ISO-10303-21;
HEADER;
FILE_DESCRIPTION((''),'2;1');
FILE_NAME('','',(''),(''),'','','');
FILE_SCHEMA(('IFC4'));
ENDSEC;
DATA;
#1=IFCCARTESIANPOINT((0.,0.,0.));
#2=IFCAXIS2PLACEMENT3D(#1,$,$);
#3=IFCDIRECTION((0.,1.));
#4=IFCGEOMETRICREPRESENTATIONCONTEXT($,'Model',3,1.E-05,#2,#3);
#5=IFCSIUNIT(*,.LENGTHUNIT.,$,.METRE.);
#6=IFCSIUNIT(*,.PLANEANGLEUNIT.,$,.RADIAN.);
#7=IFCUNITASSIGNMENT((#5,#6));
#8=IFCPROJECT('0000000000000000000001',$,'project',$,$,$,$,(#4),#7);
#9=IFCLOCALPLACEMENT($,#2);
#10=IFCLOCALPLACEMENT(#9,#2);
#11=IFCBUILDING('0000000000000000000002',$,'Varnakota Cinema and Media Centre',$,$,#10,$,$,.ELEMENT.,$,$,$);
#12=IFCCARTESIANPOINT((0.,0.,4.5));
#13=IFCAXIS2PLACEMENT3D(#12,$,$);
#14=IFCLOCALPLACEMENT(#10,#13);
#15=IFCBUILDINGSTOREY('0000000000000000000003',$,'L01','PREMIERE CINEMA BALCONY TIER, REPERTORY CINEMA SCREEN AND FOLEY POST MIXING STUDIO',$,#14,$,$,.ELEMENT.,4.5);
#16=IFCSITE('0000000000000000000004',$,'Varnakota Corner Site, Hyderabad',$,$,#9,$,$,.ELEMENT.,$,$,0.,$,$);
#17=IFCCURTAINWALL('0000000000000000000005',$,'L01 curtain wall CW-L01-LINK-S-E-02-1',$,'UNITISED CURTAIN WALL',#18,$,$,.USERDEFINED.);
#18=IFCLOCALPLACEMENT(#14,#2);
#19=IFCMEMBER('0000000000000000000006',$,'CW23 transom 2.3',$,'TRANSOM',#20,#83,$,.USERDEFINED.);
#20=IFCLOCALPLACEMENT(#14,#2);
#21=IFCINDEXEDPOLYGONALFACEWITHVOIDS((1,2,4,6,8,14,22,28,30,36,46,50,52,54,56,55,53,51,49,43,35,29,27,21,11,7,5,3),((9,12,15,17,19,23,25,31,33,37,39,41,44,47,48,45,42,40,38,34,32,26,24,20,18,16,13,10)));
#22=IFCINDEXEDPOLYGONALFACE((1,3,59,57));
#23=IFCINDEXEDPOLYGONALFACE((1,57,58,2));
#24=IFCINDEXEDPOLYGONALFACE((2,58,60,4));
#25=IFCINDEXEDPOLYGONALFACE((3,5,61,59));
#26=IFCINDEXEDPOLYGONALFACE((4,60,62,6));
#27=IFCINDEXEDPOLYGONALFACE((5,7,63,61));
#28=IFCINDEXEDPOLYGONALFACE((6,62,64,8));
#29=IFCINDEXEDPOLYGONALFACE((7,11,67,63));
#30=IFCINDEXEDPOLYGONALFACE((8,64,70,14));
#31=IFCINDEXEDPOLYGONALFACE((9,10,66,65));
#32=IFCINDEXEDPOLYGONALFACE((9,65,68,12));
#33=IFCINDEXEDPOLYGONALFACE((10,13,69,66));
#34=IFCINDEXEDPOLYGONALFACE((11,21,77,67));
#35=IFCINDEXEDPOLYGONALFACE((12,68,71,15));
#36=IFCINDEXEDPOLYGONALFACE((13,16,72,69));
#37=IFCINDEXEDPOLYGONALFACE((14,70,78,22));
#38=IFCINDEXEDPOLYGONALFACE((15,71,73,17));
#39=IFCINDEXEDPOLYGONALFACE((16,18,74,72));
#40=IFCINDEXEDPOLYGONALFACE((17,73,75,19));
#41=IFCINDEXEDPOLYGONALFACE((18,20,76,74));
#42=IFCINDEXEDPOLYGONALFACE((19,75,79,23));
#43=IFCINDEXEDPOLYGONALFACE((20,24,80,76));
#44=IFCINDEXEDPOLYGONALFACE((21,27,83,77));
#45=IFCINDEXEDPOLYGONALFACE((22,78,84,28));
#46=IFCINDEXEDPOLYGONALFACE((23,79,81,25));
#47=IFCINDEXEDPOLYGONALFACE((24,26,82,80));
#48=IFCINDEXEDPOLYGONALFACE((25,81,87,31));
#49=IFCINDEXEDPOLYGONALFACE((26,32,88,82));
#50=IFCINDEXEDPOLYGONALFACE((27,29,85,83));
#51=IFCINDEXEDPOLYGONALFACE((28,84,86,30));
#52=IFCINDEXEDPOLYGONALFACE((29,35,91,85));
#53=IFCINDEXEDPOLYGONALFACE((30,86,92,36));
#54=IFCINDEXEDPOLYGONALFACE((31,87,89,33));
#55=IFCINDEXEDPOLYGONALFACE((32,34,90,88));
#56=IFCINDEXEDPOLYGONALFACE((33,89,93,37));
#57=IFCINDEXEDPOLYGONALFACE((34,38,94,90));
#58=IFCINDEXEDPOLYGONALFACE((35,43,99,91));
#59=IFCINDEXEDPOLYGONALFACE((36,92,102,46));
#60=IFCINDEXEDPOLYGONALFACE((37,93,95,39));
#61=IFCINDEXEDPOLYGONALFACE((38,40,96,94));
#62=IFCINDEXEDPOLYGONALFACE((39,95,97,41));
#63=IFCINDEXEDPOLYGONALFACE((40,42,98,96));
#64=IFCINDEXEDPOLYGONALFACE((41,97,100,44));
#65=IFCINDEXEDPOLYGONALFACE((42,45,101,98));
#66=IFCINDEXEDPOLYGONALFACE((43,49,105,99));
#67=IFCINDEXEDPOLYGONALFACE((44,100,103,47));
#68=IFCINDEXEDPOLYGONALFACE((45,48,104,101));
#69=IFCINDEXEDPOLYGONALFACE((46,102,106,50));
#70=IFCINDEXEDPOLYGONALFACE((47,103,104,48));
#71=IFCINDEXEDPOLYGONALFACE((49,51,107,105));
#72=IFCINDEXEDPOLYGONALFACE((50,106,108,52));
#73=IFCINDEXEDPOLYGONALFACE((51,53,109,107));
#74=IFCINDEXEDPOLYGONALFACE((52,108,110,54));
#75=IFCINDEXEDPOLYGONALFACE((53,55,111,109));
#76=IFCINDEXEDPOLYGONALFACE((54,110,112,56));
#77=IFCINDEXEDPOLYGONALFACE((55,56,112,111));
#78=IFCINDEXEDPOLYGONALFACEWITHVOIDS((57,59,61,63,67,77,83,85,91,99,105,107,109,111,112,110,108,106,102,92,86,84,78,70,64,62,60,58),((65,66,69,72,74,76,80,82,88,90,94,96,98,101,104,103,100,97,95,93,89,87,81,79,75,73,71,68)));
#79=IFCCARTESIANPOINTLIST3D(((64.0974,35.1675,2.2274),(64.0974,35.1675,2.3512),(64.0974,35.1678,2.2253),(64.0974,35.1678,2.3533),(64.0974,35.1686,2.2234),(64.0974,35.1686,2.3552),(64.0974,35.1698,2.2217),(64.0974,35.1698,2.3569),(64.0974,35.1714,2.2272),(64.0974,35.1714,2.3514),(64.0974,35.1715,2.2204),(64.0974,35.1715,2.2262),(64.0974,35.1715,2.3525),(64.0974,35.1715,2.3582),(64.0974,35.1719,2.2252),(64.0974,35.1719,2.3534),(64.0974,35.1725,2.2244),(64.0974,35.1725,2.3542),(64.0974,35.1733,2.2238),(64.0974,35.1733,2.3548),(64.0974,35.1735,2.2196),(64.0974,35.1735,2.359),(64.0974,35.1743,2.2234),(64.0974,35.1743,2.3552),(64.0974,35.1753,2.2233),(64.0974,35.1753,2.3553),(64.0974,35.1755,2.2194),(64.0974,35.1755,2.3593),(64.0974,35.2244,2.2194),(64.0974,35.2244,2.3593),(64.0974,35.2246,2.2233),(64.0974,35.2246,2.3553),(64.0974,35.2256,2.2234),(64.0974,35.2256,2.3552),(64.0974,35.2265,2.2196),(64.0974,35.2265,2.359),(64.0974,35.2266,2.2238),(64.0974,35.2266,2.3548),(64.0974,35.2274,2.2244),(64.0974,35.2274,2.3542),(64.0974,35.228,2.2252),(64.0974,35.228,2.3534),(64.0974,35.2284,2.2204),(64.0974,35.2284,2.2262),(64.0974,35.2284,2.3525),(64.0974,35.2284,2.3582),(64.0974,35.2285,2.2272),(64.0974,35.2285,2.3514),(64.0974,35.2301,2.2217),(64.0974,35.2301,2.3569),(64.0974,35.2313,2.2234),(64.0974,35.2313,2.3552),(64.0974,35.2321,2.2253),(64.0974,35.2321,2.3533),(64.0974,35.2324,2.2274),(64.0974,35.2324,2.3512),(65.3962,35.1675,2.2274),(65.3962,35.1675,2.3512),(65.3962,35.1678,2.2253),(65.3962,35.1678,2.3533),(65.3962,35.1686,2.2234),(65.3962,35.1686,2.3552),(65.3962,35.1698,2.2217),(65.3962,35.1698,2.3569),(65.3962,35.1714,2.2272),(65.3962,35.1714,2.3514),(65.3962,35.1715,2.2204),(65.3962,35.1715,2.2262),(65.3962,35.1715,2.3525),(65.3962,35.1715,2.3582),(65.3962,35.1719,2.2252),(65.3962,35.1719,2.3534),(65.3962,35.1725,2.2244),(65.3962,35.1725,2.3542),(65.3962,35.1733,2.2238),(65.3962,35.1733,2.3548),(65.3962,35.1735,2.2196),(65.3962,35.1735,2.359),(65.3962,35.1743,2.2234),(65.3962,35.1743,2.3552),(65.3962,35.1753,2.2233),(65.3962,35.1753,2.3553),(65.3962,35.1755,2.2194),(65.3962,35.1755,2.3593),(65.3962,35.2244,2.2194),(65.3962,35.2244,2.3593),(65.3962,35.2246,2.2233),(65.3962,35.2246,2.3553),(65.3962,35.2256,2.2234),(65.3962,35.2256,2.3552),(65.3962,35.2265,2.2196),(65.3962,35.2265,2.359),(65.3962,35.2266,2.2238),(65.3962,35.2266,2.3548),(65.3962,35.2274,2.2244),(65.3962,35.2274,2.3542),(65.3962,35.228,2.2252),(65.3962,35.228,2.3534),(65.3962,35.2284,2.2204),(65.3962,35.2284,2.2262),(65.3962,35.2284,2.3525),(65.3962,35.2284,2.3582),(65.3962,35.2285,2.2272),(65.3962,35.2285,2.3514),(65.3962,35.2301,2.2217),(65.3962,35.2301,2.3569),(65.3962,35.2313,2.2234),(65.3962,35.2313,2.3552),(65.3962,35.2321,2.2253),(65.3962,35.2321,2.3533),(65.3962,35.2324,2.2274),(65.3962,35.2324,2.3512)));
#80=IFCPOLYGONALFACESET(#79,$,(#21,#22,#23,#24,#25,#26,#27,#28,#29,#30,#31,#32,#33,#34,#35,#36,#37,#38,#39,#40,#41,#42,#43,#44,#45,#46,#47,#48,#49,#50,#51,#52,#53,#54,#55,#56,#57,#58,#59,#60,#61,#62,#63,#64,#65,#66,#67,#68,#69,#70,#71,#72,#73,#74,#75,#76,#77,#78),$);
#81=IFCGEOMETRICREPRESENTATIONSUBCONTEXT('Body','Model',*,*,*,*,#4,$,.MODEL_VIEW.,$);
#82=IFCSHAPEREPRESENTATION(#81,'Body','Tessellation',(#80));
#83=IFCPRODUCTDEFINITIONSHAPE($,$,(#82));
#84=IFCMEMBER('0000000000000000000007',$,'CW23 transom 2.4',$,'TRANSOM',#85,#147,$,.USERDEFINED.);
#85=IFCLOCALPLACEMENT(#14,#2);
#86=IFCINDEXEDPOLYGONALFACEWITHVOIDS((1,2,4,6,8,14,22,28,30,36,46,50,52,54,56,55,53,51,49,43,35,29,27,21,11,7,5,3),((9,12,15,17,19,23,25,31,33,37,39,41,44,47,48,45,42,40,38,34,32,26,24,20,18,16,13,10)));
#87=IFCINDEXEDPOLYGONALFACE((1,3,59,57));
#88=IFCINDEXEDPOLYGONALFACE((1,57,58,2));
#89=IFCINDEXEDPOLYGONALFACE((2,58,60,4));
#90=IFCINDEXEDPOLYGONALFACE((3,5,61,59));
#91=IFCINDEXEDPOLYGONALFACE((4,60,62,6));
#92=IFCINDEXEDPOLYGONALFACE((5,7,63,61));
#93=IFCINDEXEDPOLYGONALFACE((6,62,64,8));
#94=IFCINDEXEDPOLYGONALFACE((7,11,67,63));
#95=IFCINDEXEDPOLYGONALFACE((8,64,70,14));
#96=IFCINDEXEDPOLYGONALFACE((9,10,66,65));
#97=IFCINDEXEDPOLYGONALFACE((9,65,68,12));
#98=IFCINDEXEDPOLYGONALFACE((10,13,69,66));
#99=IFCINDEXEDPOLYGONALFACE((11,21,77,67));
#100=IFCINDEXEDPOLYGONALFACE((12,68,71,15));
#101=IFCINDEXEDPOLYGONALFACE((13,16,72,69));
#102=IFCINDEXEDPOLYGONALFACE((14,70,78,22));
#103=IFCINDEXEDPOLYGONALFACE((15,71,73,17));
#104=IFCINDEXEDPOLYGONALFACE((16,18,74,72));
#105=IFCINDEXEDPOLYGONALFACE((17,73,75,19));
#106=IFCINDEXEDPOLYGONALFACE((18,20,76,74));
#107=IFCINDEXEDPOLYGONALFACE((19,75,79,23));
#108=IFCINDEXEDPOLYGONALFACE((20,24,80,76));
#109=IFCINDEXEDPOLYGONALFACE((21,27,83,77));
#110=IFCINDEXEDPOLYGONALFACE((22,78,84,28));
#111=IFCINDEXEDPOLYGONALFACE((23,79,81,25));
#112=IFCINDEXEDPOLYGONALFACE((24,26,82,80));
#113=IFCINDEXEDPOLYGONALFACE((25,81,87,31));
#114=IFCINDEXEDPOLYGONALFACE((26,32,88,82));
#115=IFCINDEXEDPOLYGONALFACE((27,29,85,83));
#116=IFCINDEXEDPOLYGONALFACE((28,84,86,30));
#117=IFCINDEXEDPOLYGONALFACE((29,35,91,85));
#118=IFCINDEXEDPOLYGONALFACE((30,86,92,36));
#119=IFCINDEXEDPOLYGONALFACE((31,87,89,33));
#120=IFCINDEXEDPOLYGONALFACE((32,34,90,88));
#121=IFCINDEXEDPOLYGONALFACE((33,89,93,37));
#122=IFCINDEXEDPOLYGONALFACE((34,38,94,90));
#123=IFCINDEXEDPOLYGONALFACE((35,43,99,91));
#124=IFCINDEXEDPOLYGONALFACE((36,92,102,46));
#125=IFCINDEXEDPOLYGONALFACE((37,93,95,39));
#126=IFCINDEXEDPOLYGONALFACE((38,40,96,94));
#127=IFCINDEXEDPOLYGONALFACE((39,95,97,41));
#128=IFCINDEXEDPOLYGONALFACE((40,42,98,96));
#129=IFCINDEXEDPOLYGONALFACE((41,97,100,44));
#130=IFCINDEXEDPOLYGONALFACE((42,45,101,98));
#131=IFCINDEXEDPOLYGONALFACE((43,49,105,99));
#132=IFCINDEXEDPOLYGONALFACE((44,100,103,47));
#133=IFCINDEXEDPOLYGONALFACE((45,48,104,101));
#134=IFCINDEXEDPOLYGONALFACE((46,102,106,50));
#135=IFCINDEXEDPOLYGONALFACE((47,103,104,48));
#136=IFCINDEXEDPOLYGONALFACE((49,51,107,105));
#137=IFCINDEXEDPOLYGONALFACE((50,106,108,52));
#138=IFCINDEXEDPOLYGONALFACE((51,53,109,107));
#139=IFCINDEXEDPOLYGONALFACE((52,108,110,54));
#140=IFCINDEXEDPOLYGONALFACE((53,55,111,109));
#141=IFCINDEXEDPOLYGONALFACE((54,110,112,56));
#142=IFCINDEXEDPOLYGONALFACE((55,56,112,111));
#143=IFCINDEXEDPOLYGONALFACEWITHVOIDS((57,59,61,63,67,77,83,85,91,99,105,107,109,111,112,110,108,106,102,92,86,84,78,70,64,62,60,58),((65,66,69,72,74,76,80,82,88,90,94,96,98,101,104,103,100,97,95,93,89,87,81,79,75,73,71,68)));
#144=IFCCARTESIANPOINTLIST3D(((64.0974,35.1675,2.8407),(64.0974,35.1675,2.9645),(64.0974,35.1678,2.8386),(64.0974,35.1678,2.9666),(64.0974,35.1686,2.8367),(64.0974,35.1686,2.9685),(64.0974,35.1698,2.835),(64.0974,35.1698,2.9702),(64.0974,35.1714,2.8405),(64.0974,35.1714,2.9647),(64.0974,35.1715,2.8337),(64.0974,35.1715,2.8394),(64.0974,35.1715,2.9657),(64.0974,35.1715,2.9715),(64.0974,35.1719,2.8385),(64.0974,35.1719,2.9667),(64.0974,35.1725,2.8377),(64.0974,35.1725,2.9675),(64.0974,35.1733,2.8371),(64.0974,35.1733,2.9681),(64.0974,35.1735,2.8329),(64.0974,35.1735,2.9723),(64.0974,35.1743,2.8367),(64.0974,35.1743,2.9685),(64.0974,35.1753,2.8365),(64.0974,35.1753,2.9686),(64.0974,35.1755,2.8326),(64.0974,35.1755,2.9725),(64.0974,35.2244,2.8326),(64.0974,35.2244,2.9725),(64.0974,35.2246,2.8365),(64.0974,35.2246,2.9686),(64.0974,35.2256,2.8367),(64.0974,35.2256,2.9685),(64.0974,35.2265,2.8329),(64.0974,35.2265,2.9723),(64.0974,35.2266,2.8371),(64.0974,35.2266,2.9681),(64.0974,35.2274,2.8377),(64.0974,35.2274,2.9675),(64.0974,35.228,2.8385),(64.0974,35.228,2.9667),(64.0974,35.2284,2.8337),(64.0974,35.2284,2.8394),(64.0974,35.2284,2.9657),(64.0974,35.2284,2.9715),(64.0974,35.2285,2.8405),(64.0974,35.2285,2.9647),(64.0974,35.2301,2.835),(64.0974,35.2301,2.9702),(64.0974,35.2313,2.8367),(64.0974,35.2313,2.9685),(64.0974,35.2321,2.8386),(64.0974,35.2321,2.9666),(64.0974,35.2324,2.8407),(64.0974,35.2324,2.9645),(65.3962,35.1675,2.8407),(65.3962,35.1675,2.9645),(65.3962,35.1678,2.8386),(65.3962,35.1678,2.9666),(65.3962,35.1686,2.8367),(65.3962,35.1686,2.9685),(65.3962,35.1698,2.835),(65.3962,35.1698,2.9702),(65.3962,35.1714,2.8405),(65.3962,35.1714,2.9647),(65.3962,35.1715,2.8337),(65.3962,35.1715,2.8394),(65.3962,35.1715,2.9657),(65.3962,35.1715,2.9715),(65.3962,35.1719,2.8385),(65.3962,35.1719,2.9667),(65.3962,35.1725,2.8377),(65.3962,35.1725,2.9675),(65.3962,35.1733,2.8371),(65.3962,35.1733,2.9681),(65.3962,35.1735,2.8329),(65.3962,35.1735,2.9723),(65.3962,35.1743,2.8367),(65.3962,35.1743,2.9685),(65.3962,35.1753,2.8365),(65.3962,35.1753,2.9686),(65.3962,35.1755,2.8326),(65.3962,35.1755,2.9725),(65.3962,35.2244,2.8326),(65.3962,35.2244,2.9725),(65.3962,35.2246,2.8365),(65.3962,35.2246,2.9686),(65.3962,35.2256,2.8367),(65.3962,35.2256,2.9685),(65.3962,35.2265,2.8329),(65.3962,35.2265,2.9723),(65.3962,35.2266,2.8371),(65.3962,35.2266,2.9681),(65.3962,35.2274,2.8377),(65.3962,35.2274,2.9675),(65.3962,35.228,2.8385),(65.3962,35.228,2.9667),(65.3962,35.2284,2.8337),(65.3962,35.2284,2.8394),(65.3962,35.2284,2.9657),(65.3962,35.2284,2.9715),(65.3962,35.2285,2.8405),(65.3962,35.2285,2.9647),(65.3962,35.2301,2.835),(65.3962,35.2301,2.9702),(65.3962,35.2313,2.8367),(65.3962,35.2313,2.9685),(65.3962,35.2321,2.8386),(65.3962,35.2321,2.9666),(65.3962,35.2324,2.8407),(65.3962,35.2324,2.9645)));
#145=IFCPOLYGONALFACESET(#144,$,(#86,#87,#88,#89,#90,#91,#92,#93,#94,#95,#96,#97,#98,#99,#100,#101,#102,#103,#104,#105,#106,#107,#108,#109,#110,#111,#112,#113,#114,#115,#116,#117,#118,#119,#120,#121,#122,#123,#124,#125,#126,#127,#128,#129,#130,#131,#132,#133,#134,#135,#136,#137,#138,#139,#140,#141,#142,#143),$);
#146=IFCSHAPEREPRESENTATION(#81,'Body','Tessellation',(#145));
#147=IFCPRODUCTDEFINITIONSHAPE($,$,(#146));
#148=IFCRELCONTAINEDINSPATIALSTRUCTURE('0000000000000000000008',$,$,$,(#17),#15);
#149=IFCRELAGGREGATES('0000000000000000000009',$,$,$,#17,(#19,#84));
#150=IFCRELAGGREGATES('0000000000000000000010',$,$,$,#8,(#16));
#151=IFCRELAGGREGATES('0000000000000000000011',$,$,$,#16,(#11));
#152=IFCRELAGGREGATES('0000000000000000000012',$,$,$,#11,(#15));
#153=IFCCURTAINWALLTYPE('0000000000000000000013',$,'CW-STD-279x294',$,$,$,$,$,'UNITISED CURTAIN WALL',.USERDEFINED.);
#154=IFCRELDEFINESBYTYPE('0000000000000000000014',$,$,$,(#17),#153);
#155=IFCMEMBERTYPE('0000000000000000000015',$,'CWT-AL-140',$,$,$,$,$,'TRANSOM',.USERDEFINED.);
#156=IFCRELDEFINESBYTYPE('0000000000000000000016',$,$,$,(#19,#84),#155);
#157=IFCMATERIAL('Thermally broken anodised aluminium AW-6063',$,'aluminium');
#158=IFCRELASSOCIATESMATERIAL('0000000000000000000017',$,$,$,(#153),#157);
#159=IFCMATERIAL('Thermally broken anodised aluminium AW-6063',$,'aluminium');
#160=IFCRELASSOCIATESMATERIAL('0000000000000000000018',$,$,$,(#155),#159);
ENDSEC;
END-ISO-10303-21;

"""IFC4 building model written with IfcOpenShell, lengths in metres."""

from ifc_helpers import new_model, si_unit, direction, frame, origin, origin_2d, place, context, subcontext, project, spatial, hollow_rectangle, extrude, material, material_profile, profile_set, type_object, element, aggregate, save


model = new_model("IFC4")

# Units and contexts
model_context = context("Model", 3, precision=1e-05, world=origin(), true_north=direction((0.0, 1.0)))
body_context = subcontext(model_context, "Body", "Model", "MODEL_VIEW")
ifc_project = project(units=[si_unit("LENGTHUNIT", "METRE"), si_unit("PLANEANGLEUNIT", "RADIAN")], contexts=[model_context])

# Site, building, storey
site_placement = place(None, origin())
site = spatial("IfcSite", under=ifc_project, at=site_placement, Name="Varnakota Corner Site, Hyderabad", CompositionType="ELEMENT", RefElevation=0.0)
building_placement = place(site_placement, origin())
building = spatial("IfcBuilding", under=site, at=building_placement, Name="Varnakota Cinema and Media Centre", CompositionType="ELEMENT")
storey_placement = place(building_placement, frame((0.0, 0.0, 4.5)))
storey = spatial("IfcBuildingStorey", under=building, at=storey_placement, Name="L01", Description="PREMIERE CINEMA BALCONY TIER, REPERTORY CINEMA SCREEN AND FOLEY POST MIXING STUDIO", CompositionType="ELEMENT", Elevation=4.5)

# Curtain wall
ifc_material_1 = material(Name="Thermally broken anodised aluminium AW-6063", Category="aluminium")
curtain_wall_type_1 = type_object("IfcCurtainWallType", Name="CW-STD-279x294", ElementType="UNITISED CURTAIN WALL", PredefinedType="USERDEFINED", material=ifc_material_1)
curtain_wall_1_placement = place(storey_placement, origin())
curtain_wall_1 = element("IfcCurtainWall", 1, at=curtain_wall_1_placement, inside=storey, type_object=curtain_wall_type_1, Name="L01 curtain wall CW-L01-LINK-S-E-02-1", ObjectType="UNITISED CURTAIN WALL", PredefinedType="USERDEFINED")

# Members
ifc_material_2 = material(Name="Thermally broken anodised aluminium AW-6063", Category="aluminium")
ifc_material_profile_1 = material_profile(ifc_material_2, hollow_rectangle(XDim=0.0649, YDim=0.1399, WallThickness=0.0039, InnerFilletRadius=0.0039, OuterFilletRadius=0.0081, at=origin_2d()), Name="AL-TRANSOM 140x65x4")
ifc_profile_set_1 = profile_set([ifc_material_profile_1], Name="Thermally broken anodised aluminium AW-6063")
member_type_1 = type_object("IfcMemberType", Name="CWT-AL-140", ElementType="TRANSOM", PredefinedType="USERDEFINED", material=ifc_profile_set_1)
member_1_placement = place(storey_placement, frame((65.3962, 35.2, 2.2893), z_axis=(-1.0, 0.0, 0.0), x_axis=(0.0, -1.0, 0.0)))
member_1 = element("IfcMember", 2, at=member_1_placement, type_object=member_type_1, Name="CW23 transom 2.3", ObjectType="TRANSOM", PredefinedType="USERDEFINED", context=body_context, shape_type="SweptSolid", body=[
    extrude(hollow_rectangle(XDim=0.0649, YDim=0.1399, WallThickness=0.0039, InnerFilletRadius=0.0039, OuterFilletRadius=0.0081, at=origin_2d()), origin(), (0.0, 0.0, 1.0), 1.2988),
])
member_2_placement = place(storey_placement, frame((65.3962, 35.2, 2.9026), z_axis=(-1.0, 0.0, 0.0), x_axis=(0.0, -1.0, 0.0)))
member_2 = element("IfcMember", 3, at=member_2_placement, type_object=member_type_1, Name="CW23 transom 2.4", ObjectType="TRANSOM", PredefinedType="USERDEFINED", context=body_context, shape_type="SweptSolid", body=[
    extrude(hollow_rectangle(XDim=0.0649, YDim=0.1399, WallThickness=0.0039, InnerFilletRadius=0.0039, OuterFilletRadius=0.0081, at=origin_2d()), origin(), (0.0, 0.0, 1.0), 1.2988),
])

aggregate(curtain_wall_1, [member_1, member_2])

save(model, "model.ifc")
